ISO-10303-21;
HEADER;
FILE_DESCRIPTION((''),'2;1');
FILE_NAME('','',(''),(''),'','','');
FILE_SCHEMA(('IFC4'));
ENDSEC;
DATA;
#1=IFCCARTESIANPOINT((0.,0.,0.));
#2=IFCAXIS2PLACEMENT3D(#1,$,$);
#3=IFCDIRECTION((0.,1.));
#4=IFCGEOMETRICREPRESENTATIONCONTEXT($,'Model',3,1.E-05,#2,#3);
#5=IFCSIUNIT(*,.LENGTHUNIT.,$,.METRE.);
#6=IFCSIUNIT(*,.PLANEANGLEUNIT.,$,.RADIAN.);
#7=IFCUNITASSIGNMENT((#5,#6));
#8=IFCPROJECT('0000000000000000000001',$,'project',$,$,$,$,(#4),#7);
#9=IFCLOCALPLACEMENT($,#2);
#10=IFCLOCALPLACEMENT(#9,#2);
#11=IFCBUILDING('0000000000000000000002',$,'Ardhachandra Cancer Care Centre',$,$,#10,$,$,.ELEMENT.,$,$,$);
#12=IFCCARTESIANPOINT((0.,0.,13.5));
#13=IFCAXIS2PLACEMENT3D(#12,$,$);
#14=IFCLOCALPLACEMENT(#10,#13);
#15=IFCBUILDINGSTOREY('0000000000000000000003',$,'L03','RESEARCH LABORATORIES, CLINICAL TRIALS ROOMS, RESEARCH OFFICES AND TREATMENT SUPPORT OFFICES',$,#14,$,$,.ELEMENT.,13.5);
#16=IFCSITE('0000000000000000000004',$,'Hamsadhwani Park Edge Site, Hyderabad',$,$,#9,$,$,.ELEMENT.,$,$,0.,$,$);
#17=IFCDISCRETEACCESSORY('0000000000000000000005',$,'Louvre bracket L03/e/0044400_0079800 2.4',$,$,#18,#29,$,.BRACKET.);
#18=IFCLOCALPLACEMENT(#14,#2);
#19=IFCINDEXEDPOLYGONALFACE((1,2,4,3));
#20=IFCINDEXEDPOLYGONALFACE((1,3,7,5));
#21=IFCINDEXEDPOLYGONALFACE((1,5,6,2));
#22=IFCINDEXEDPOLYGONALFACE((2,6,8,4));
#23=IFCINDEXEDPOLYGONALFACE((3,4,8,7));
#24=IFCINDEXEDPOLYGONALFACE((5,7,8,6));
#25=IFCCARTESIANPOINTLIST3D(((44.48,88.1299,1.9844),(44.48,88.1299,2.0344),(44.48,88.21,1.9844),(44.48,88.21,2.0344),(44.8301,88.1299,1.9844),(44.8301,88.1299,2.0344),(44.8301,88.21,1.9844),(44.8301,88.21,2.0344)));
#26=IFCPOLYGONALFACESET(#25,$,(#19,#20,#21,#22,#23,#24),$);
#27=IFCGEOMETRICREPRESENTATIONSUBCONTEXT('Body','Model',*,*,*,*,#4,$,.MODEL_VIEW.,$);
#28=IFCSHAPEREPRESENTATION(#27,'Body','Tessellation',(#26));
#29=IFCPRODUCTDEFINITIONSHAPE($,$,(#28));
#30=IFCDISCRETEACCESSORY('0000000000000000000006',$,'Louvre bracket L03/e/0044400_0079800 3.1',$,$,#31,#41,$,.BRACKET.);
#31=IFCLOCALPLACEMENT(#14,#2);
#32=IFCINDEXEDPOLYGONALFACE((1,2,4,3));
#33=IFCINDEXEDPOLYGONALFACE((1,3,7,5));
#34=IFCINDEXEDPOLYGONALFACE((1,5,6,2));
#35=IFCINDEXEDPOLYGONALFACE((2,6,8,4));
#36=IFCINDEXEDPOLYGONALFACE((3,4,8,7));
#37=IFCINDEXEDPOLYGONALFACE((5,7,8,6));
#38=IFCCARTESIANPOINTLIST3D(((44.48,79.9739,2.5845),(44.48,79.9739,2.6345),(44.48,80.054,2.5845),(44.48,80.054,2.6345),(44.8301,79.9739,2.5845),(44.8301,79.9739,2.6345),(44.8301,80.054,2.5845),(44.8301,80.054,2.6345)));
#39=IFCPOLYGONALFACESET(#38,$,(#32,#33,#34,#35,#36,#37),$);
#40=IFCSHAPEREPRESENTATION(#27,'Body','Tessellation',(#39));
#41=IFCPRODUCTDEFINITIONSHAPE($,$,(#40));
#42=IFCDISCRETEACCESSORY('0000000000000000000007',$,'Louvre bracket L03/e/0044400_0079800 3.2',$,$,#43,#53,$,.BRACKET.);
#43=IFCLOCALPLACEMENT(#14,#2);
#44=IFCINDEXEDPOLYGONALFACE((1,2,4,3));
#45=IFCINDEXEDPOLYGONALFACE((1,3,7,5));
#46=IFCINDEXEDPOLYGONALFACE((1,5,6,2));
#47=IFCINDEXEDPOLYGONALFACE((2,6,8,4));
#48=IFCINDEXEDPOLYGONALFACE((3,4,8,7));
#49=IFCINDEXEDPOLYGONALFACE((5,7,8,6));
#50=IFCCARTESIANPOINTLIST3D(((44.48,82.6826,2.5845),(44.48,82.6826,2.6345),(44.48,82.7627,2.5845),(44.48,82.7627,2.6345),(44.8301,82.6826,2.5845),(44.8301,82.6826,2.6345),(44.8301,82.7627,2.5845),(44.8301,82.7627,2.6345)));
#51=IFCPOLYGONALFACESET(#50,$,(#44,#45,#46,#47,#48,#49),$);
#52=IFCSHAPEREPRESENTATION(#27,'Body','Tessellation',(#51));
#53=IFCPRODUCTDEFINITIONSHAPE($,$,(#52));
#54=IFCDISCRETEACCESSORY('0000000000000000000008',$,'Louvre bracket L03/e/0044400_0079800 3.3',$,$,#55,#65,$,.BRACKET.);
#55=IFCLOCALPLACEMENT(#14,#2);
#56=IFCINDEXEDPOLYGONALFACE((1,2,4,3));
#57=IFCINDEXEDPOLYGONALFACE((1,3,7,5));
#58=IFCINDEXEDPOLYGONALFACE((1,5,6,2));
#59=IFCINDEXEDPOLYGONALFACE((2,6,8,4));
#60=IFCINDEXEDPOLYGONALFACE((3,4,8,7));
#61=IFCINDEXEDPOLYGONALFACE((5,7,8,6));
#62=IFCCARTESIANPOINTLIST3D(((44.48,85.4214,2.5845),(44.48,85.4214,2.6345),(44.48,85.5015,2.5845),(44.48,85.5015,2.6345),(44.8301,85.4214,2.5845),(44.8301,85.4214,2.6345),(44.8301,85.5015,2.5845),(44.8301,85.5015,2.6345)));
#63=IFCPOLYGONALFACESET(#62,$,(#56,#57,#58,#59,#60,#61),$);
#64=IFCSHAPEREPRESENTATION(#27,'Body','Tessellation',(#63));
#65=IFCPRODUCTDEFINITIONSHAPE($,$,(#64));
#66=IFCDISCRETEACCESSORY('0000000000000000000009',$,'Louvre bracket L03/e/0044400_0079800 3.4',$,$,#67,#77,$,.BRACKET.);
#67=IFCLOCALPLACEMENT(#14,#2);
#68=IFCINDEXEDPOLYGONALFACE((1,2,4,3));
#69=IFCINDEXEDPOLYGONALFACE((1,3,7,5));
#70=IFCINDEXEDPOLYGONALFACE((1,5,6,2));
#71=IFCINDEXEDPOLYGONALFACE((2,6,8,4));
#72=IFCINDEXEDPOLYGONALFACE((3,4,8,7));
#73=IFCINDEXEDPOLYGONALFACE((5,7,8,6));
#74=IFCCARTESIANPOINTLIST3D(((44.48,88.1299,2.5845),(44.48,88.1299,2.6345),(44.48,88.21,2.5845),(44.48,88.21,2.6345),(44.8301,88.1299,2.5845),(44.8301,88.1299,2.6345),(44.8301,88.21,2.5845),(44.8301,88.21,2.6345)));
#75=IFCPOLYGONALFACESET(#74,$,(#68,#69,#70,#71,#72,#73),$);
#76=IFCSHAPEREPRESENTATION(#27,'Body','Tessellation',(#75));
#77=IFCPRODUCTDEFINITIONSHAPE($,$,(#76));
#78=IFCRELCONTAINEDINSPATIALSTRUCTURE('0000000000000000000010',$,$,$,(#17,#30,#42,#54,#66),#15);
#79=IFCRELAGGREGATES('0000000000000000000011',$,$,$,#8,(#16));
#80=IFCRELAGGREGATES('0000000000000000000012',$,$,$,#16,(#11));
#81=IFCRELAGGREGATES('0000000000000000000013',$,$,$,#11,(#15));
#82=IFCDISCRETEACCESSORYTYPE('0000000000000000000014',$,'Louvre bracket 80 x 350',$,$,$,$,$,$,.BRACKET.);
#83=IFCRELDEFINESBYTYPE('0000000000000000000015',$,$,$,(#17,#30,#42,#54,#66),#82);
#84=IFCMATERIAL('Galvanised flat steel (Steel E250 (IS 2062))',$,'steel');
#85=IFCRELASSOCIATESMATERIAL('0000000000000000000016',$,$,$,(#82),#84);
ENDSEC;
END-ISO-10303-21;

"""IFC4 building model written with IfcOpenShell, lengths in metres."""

from ifc_helpers import new_model, si_unit, direction, frame, origin, origin_2d, place, context, subcontext, project, spatial, rectangle, extrude, material, type_object, element, save


model = new_model("IFC4")

# Units and contexts
model_context = context("Model", 3, precision=1e-05, world=origin(), true_north=direction((0.0, 1.0)))
body_context = subcontext(model_context, "Body", "Model", "MODEL_VIEW")
ifc_project = project(units=[si_unit("LENGTHUNIT", "METRE"), si_unit("PLANEANGLEUNIT", "RADIAN")], contexts=[model_context])

# Site, building, storey
site_placement = place(None, origin())
site = spatial("IfcSite", under=ifc_project, at=site_placement, Name="Hamsadhwani Park Edge Site, Hyderabad", CompositionType="ELEMENT", RefElevation=0.0)
building_placement = place(site_placement, origin())
building = spatial("IfcBuilding", under=site, at=building_placement, Name="Ardhachandra Cancer Care Centre", CompositionType="ELEMENT")
storey_placement = place(building_placement, frame((0.0, 0.0, 13.5)))
storey = spatial("IfcBuildingStorey", under=building, at=storey_placement, Name="L03", Description="RESEARCH LABORATORIES, CLINICAL TRIALS ROOMS, RESEARCH OFFICES AND TREATMENT SUPPORT OFFICES", CompositionType="ELEMENT", Elevation=13.5)

# Discrete accessories
ifc_material_1 = material(Name="Galvanised flat steel (Steel E250 (IS 2062))", Category="steel")
discrete_accessory_type = type_object("IfcDiscreteAccessoryType", Name="Louvre bracket 80 x 350", PredefinedType="BRACKET", material=ifc_material_1)
for number, where, z_axis, x_axis, name in (
    (1, (44.655, 88.1699, 1.9844), (0.0, 0.0, 1.0), (0.0, 1.0, 0.0), "Louvre bracket L03/e/0044400_0079800 2.4"),
    (2, (44.655, 80.0139, 2.5845), (0.0, 0.0, 1.0), (0.0, 1.0, 0.0), "Louvre bracket L03/e/0044400_0079800 3.1"),
    (3, (44.655, 82.7227, 2.5845), (0.0, 0.0, 1.0), (0.0, 1.0, 0.0), "Louvre bracket L03/e/0044400_0079800 3.2"),
    (4, (44.655, 85.4614, 2.5845), (0.0, 0.0, 1.0), (0.0, 1.0, 0.0), "Louvre bracket L03/e/0044400_0079800 3.3"),
    (5, (44.655, 88.1699, 2.5845), (0.0, 0.0, 1.0), (0.0, 1.0, 0.0), "Louvre bracket L03/e/0044400_0079800 3.4"),
):
    element("IfcDiscreteAccessory", number, at=place(storey_placement, frame(where, z_axis=z_axis, x_axis=x_axis)), inside=storey, type_object=discrete_accessory_type, Name=name, PredefinedType="BRACKET", context=body_context, shape_type="SweptSolid", body=[
        extrude(rectangle(XDim=0.0801, YDim=0.3501, at=origin_2d()), origin(), (0.0, 0.0, 1.0), 0.05),
    ])

save(model, "model.ifc")
